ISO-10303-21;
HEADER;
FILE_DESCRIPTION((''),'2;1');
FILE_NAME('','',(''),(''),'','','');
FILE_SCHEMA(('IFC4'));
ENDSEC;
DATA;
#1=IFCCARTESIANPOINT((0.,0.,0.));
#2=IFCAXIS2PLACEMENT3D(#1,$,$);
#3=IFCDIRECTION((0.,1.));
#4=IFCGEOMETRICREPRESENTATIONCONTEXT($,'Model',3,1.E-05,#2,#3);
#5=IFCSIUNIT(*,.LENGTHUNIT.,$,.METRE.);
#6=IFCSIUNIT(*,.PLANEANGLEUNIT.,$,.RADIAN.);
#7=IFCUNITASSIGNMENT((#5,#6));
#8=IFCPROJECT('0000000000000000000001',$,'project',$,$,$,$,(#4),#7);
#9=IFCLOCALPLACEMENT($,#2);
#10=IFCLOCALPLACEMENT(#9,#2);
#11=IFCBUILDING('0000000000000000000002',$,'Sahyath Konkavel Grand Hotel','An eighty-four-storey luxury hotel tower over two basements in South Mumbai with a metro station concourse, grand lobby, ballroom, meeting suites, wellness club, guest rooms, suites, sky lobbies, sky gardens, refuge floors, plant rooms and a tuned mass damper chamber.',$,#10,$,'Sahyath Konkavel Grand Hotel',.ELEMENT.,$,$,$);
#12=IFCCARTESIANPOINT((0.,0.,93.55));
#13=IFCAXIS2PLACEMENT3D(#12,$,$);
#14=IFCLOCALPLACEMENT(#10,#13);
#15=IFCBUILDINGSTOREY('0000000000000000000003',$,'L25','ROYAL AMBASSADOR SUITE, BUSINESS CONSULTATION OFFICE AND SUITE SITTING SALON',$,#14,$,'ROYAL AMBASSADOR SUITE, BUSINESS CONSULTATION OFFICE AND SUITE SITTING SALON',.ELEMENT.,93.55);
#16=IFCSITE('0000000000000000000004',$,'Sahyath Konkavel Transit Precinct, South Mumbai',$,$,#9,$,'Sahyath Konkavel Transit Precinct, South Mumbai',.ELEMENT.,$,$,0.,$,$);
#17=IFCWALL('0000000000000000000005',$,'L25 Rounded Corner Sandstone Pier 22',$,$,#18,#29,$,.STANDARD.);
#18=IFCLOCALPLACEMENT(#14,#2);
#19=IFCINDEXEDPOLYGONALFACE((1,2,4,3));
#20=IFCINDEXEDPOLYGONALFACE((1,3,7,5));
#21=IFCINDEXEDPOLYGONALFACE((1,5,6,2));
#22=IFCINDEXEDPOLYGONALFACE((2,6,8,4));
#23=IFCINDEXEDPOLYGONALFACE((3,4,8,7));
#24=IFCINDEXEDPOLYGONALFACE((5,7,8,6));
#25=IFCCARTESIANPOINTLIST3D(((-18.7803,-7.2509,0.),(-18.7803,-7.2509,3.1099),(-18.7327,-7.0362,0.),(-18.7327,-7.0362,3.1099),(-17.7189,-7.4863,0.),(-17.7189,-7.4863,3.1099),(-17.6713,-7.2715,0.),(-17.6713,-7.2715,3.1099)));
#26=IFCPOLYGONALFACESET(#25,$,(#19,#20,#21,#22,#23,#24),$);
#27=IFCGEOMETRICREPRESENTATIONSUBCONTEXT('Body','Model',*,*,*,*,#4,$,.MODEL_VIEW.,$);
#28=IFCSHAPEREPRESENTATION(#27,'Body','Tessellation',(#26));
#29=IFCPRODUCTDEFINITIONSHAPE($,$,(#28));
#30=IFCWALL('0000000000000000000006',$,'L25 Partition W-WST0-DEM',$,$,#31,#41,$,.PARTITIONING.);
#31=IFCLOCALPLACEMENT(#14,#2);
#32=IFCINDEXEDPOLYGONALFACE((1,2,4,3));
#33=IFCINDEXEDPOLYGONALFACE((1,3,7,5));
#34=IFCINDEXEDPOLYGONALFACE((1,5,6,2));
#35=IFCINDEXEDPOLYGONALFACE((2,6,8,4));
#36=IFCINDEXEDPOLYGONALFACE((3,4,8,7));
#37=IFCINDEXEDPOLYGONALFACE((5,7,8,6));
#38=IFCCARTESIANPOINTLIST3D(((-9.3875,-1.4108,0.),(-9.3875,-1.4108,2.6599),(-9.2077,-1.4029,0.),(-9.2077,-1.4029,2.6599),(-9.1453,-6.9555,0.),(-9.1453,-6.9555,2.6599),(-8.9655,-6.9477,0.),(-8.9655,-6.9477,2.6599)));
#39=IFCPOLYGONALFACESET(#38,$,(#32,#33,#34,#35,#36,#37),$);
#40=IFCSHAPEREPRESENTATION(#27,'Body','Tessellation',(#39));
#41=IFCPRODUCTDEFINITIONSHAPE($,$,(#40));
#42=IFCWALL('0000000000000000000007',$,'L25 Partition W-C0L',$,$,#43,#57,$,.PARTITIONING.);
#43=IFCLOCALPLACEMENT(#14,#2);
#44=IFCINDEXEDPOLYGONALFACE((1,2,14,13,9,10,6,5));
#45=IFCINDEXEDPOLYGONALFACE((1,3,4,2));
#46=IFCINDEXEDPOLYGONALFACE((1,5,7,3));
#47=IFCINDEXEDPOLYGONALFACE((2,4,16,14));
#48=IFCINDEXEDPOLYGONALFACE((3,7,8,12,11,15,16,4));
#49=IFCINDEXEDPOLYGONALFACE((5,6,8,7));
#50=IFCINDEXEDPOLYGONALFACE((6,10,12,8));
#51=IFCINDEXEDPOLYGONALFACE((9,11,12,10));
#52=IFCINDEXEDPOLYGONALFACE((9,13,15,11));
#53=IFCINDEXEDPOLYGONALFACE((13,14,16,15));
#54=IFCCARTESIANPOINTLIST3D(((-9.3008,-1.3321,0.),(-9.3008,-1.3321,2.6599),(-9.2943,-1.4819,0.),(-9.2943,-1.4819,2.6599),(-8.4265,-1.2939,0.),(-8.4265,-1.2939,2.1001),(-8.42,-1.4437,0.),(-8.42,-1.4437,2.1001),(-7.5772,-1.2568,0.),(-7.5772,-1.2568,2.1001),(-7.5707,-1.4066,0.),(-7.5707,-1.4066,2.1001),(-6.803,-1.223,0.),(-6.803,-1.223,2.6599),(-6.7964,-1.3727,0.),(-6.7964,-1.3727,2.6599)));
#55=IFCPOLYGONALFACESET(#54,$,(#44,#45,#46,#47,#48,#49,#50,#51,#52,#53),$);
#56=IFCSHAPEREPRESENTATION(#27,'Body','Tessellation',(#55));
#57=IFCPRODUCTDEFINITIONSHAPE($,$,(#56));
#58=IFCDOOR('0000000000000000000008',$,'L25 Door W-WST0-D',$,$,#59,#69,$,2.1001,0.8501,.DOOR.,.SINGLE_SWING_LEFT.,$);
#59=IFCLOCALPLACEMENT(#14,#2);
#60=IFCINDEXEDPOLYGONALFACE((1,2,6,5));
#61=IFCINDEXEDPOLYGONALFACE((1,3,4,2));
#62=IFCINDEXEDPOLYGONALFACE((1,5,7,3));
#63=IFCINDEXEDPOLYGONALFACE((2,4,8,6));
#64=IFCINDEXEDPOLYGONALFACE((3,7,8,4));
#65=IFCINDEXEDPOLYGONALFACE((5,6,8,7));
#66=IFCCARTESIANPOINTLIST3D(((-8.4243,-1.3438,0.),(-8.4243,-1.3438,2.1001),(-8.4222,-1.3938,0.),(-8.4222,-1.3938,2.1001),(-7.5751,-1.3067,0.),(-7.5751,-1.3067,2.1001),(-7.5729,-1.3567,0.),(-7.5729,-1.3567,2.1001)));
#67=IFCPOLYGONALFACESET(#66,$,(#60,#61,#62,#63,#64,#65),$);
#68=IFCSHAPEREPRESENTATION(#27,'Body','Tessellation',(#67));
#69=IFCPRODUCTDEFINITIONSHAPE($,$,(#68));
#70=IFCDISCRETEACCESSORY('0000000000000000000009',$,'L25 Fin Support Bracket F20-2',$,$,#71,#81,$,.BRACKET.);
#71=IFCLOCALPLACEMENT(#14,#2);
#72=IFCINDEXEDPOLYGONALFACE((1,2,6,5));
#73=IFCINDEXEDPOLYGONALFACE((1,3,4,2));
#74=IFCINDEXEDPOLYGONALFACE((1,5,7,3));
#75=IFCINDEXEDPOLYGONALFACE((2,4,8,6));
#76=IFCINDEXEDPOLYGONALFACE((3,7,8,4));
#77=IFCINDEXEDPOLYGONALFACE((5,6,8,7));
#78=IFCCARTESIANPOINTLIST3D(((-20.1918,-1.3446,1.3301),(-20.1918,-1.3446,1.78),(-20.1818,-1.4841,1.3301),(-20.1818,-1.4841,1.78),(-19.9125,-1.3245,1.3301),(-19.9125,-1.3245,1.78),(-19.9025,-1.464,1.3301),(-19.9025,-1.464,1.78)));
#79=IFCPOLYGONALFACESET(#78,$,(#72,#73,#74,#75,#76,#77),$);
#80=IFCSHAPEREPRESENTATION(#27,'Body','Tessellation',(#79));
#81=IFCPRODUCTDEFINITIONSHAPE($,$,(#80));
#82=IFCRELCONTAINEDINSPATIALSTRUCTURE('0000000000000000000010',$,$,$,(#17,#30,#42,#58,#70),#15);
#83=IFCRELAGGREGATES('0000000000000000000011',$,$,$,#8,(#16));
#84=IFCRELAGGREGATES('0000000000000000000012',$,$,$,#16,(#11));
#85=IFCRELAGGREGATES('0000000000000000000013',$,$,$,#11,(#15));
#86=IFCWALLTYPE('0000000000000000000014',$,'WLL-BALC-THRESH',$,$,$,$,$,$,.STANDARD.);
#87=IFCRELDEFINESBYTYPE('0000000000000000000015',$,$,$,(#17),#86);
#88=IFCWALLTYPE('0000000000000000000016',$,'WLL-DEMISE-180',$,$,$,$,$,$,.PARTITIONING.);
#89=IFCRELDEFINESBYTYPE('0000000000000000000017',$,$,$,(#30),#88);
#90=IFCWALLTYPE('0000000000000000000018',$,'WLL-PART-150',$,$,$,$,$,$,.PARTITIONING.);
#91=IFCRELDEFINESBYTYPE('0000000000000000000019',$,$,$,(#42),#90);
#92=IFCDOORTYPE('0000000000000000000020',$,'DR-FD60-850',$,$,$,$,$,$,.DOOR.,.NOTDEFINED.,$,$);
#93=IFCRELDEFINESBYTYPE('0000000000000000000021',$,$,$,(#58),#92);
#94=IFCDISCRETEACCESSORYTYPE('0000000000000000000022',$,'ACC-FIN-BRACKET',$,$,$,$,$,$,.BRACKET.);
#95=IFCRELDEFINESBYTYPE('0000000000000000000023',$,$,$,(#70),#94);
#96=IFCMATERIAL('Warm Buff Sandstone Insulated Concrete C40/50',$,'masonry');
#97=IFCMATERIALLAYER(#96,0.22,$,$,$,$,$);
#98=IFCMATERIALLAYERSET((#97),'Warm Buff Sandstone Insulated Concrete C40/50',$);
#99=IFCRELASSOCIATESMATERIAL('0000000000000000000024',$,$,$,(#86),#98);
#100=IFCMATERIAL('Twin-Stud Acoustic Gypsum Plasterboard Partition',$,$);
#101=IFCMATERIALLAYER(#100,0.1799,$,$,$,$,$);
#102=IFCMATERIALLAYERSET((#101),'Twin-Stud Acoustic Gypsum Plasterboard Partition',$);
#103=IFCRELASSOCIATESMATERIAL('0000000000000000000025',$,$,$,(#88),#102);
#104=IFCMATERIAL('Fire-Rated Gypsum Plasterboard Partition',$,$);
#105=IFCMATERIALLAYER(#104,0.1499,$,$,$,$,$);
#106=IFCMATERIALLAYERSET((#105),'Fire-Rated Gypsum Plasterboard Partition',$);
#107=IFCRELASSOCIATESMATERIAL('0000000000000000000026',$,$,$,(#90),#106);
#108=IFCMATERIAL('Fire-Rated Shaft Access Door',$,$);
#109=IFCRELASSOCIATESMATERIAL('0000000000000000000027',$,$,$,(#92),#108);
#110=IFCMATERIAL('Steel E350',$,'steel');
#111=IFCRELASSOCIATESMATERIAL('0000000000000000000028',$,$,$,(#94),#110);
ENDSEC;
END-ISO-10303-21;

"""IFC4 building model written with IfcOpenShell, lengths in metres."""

from ifc_helpers import new_model, si_unit, direction, frame, frame_2d, origin, origin_2d, place, context, subcontext, project, spatial, rectangle, extrude, source, transform, mapped, material, layer, layer_set, type_object, element, fill, save


model = new_model("IFC4")

# Units and contexts
model_context = context("Model", 3, precision=1e-05, world=origin(), true_north=direction((0.0, 1.0)))
body_context = subcontext(model_context, "Body", "Model", "MODEL_VIEW")
ifc_project = project(units=[si_unit("LENGTHUNIT", "METRE"), si_unit("PLANEANGLEUNIT", "RADIAN")], contexts=[model_context])

# Site, building, storey
site_placement = place(None, origin())
site = spatial("IfcSite", under=ifc_project, at=site_placement, Name="Sahyath Konkavel Transit Precinct, South Mumbai", LongName="Sahyath Konkavel Transit Precinct, South Mumbai", CompositionType="ELEMENT", RefElevation=0.0)
building_placement = place(site_placement, origin())
building = spatial("IfcBuilding", under=site, at=building_placement, Name="Sahyath Konkavel Grand Hotel", Description="An eighty-four-storey luxury hotel tower over two basements in South Mumbai with a metro station concourse, grand lobby, ballroom, meeting suites, wellness club, guest rooms, suites, sky lobbies, sky gardens, refuge floors, plant rooms and a tuned mass damper chamber.", LongName="Sahyath Konkavel Grand Hotel", CompositionType="ELEMENT")
storey_placement = place(building_placement, frame((0.0, 0.0, 93.55)))
storey = spatial("IfcBuildingStorey", under=building, at=storey_placement, Name="L25", Description="ROYAL AMBASSADOR SUITE, BUSINESS CONSULTATION OFFICE AND SUITE SITTING SALON", LongName="ROYAL AMBASSADOR SUITE, BUSINESS CONSULTATION OFFICE AND SUITE SITTING SALON", CompositionType="ELEMENT", Elevation=93.55)

# Shared definitions
ifc_material_1 = material(Name="Steel E350", Category="steel")

# Walls
ifc_material_2 = material(Name="Warm Buff Sandstone Insulated Concrete C40/50", Category="masonry")
ifc_layer_1 = layer(ifc_material_2, 0.22)
ifc_layer_set_1 = layer_set([ifc_layer_1], Name="Warm Buff Sandstone Insulated Concrete C40/50")
wall_type_1 = type_object("IfcWallType", Name="WLL-BALC-THRESH", PredefinedType="STANDARD", material=ifc_layer_set_1)
wall_1_placement = place(storey_placement, frame((-18.7563, -7.1436, 0.0), z_axis=(0.0, 0.0, 1.0), x_axis=(0.976282, -0.216502, 0.0)))
element("IfcWall", 1, at=wall_1_placement, inside=storey, type_object=wall_type_1, Name="L25 Rounded Corner Sandstone Pier 22", PredefinedType="STANDARD", context=body_context, shape_type="SweptSolid", body=[
    extrude(rectangle(XDim=1.0872, YDim=0.22, at=frame_2d((0.5435, 0.0))), origin(), (0.0, 0.0, 1.0), 3.1099),
])
ifc_material_3 = material(Name="Twin-Stud Acoustic Gypsum Plasterboard Partition")
ifc_layer_2 = layer(ifc_material_3, 0.1799)
ifc_layer_set_2 = layer_set([ifc_layer_2], Name="Twin-Stud Acoustic Gypsum Plasterboard Partition")
wall_type_2 = type_object("IfcWallType", Name="WLL-DEMISE-180", PredefinedType="PARTITIONING", material=ifc_layer_set_2)
wall_2_placement = place(storey_placement, frame((-9.2976, -1.407, 0.0), z_axis=(0.0, 0.0, 1.0), x_axis=(0.043638, -0.999047, 0.0)))
element("IfcWall", 2, at=wall_2_placement, inside=storey, type_object=wall_type_2, Name="L25 Partition W-WST0-DEM", PredefinedType="PARTITIONING", context=body_context, shape_type="SweptSolid", body=[
    extrude(rectangle(XDim=5.55, YDim=0.1799, at=frame_2d((2.7749, 0.0))), origin(), (0.0, 0.0, 1.0), 2.6599),
])

# Wall, opening, door
ifc_material_4 = material(Name="Fire-Rated Gypsum Plasterboard Partition")
ifc_layer_3 = layer(ifc_material_4, 0.1499)
ifc_layer_set_3 = layer_set([ifc_layer_3], Name="Fire-Rated Gypsum Plasterboard Partition")
wall_type_3 = type_object("IfcWallType", Name="WLL-PART-150", PredefinedType="PARTITIONING", material=ifc_layer_set_3)
wall_3_placement = place(storey_placement, frame((-6.7998, -1.2979, 0.0), z_axis=(0.0, 0.0, 1.0), x_axis=(-0.999047, -0.043649, 0.0)))
wall_3 = element("IfcWall", 3, at=wall_3_placement, inside=storey, type_object=wall_type_3, Name="L25 Partition W-C0L", PredefinedType="PARTITIONING", context=body_context, shape_type="SweptSolid", body=[
    extrude(rectangle(XDim=2.5002, YDim=0.1499, at=frame_2d((1.25, 0.0))), origin(), (0.0, 0.0, 1.0), 2.6599),
])
opening_placement = place(wall_3_placement, frame((0.7749, 0.0, 0.0)))
opening = element("IfcOpeningElement", 4, at=opening_placement, cuts=wall_3, PredefinedType="OPENING", context=body_context, shape_type="SweptSolid", body=[
    extrude(rectangle(XDim=0.8501, YDim=2.1001, at=frame_2d((0.425, 1.05))), frame((0.0, 0.085, 0.0), z_axis=(0.0, -1.0, 0.0), x_axis=(1.0, 0.0, 0.0)), (0.0, 0.0, 1.0), 0.1699),
])
ifc_material_5 = material(Name="Fire-Rated Shaft Access Door")
door_type = type_object("IfcDoorType", Name="DR-FD60-850", OperationType="NOTDEFINED", PredefinedType="DOOR", material=ifc_material_5)
shared_shape_1 = source(origin(), body_context, "Body", "SweptSolid", [
    extrude(rectangle(XDim=0.8501, YDim=0.05, at=origin_2d()), origin(), (0.0, 0.0, 1.0), 2.1001),
])
door_placement = place(opening_placement, frame((0.425, 0.0, 0.0)))
door = element("IfcDoor", 5, at=door_placement, inside=storey, type_object=door_type, Name="L25 Door W-WST0-D", OperationType="SINGLE_SWING_LEFT", OverallHeight=2.1001, OverallWidth=0.8501, PredefinedType="DOOR", context=body_context, shape_type="MappedRepresentation", body=[
    mapped(shared_shape_1, transform((0.0, 0.0, 0.0), scale=1.0)),
])
fill(opening, door)

# Discrete accessory
discrete_accessory_type = type_object("IfcDiscreteAccessoryType", Name="ACC-FIN-BRACKET", PredefinedType="BRACKET", material=ifc_material_1)
shared_shape_2 = source(origin(), body_context, "Body", "SweptSolid", [
    extrude(rectangle(XDim=0.28, YDim=0.1399, at=origin_2d()), origin(), (0.0, 0.0, 1.0), 0.45),
])
discrete_accessory_placement = place(storey_placement, frame((-20.0471, -1.4043, 1.3301), z_axis=(0.0, 0.0, 1.0), x_axis=(-0.997436, -0.071567, 0.0)))
element("IfcDiscreteAccessory", 6, at=discrete_accessory_placement, inside=storey, type_object=discrete_accessory_type, Name="L25 Fin Support Bracket F20-2", PredefinedType="BRACKET", context=body_context, shape_type="MappedRepresentation", body=[
    mapped(shared_shape_2, transform((0.0, 0.0, 0.0), scale=1.0)),
])

save(model, "model.ifc")
